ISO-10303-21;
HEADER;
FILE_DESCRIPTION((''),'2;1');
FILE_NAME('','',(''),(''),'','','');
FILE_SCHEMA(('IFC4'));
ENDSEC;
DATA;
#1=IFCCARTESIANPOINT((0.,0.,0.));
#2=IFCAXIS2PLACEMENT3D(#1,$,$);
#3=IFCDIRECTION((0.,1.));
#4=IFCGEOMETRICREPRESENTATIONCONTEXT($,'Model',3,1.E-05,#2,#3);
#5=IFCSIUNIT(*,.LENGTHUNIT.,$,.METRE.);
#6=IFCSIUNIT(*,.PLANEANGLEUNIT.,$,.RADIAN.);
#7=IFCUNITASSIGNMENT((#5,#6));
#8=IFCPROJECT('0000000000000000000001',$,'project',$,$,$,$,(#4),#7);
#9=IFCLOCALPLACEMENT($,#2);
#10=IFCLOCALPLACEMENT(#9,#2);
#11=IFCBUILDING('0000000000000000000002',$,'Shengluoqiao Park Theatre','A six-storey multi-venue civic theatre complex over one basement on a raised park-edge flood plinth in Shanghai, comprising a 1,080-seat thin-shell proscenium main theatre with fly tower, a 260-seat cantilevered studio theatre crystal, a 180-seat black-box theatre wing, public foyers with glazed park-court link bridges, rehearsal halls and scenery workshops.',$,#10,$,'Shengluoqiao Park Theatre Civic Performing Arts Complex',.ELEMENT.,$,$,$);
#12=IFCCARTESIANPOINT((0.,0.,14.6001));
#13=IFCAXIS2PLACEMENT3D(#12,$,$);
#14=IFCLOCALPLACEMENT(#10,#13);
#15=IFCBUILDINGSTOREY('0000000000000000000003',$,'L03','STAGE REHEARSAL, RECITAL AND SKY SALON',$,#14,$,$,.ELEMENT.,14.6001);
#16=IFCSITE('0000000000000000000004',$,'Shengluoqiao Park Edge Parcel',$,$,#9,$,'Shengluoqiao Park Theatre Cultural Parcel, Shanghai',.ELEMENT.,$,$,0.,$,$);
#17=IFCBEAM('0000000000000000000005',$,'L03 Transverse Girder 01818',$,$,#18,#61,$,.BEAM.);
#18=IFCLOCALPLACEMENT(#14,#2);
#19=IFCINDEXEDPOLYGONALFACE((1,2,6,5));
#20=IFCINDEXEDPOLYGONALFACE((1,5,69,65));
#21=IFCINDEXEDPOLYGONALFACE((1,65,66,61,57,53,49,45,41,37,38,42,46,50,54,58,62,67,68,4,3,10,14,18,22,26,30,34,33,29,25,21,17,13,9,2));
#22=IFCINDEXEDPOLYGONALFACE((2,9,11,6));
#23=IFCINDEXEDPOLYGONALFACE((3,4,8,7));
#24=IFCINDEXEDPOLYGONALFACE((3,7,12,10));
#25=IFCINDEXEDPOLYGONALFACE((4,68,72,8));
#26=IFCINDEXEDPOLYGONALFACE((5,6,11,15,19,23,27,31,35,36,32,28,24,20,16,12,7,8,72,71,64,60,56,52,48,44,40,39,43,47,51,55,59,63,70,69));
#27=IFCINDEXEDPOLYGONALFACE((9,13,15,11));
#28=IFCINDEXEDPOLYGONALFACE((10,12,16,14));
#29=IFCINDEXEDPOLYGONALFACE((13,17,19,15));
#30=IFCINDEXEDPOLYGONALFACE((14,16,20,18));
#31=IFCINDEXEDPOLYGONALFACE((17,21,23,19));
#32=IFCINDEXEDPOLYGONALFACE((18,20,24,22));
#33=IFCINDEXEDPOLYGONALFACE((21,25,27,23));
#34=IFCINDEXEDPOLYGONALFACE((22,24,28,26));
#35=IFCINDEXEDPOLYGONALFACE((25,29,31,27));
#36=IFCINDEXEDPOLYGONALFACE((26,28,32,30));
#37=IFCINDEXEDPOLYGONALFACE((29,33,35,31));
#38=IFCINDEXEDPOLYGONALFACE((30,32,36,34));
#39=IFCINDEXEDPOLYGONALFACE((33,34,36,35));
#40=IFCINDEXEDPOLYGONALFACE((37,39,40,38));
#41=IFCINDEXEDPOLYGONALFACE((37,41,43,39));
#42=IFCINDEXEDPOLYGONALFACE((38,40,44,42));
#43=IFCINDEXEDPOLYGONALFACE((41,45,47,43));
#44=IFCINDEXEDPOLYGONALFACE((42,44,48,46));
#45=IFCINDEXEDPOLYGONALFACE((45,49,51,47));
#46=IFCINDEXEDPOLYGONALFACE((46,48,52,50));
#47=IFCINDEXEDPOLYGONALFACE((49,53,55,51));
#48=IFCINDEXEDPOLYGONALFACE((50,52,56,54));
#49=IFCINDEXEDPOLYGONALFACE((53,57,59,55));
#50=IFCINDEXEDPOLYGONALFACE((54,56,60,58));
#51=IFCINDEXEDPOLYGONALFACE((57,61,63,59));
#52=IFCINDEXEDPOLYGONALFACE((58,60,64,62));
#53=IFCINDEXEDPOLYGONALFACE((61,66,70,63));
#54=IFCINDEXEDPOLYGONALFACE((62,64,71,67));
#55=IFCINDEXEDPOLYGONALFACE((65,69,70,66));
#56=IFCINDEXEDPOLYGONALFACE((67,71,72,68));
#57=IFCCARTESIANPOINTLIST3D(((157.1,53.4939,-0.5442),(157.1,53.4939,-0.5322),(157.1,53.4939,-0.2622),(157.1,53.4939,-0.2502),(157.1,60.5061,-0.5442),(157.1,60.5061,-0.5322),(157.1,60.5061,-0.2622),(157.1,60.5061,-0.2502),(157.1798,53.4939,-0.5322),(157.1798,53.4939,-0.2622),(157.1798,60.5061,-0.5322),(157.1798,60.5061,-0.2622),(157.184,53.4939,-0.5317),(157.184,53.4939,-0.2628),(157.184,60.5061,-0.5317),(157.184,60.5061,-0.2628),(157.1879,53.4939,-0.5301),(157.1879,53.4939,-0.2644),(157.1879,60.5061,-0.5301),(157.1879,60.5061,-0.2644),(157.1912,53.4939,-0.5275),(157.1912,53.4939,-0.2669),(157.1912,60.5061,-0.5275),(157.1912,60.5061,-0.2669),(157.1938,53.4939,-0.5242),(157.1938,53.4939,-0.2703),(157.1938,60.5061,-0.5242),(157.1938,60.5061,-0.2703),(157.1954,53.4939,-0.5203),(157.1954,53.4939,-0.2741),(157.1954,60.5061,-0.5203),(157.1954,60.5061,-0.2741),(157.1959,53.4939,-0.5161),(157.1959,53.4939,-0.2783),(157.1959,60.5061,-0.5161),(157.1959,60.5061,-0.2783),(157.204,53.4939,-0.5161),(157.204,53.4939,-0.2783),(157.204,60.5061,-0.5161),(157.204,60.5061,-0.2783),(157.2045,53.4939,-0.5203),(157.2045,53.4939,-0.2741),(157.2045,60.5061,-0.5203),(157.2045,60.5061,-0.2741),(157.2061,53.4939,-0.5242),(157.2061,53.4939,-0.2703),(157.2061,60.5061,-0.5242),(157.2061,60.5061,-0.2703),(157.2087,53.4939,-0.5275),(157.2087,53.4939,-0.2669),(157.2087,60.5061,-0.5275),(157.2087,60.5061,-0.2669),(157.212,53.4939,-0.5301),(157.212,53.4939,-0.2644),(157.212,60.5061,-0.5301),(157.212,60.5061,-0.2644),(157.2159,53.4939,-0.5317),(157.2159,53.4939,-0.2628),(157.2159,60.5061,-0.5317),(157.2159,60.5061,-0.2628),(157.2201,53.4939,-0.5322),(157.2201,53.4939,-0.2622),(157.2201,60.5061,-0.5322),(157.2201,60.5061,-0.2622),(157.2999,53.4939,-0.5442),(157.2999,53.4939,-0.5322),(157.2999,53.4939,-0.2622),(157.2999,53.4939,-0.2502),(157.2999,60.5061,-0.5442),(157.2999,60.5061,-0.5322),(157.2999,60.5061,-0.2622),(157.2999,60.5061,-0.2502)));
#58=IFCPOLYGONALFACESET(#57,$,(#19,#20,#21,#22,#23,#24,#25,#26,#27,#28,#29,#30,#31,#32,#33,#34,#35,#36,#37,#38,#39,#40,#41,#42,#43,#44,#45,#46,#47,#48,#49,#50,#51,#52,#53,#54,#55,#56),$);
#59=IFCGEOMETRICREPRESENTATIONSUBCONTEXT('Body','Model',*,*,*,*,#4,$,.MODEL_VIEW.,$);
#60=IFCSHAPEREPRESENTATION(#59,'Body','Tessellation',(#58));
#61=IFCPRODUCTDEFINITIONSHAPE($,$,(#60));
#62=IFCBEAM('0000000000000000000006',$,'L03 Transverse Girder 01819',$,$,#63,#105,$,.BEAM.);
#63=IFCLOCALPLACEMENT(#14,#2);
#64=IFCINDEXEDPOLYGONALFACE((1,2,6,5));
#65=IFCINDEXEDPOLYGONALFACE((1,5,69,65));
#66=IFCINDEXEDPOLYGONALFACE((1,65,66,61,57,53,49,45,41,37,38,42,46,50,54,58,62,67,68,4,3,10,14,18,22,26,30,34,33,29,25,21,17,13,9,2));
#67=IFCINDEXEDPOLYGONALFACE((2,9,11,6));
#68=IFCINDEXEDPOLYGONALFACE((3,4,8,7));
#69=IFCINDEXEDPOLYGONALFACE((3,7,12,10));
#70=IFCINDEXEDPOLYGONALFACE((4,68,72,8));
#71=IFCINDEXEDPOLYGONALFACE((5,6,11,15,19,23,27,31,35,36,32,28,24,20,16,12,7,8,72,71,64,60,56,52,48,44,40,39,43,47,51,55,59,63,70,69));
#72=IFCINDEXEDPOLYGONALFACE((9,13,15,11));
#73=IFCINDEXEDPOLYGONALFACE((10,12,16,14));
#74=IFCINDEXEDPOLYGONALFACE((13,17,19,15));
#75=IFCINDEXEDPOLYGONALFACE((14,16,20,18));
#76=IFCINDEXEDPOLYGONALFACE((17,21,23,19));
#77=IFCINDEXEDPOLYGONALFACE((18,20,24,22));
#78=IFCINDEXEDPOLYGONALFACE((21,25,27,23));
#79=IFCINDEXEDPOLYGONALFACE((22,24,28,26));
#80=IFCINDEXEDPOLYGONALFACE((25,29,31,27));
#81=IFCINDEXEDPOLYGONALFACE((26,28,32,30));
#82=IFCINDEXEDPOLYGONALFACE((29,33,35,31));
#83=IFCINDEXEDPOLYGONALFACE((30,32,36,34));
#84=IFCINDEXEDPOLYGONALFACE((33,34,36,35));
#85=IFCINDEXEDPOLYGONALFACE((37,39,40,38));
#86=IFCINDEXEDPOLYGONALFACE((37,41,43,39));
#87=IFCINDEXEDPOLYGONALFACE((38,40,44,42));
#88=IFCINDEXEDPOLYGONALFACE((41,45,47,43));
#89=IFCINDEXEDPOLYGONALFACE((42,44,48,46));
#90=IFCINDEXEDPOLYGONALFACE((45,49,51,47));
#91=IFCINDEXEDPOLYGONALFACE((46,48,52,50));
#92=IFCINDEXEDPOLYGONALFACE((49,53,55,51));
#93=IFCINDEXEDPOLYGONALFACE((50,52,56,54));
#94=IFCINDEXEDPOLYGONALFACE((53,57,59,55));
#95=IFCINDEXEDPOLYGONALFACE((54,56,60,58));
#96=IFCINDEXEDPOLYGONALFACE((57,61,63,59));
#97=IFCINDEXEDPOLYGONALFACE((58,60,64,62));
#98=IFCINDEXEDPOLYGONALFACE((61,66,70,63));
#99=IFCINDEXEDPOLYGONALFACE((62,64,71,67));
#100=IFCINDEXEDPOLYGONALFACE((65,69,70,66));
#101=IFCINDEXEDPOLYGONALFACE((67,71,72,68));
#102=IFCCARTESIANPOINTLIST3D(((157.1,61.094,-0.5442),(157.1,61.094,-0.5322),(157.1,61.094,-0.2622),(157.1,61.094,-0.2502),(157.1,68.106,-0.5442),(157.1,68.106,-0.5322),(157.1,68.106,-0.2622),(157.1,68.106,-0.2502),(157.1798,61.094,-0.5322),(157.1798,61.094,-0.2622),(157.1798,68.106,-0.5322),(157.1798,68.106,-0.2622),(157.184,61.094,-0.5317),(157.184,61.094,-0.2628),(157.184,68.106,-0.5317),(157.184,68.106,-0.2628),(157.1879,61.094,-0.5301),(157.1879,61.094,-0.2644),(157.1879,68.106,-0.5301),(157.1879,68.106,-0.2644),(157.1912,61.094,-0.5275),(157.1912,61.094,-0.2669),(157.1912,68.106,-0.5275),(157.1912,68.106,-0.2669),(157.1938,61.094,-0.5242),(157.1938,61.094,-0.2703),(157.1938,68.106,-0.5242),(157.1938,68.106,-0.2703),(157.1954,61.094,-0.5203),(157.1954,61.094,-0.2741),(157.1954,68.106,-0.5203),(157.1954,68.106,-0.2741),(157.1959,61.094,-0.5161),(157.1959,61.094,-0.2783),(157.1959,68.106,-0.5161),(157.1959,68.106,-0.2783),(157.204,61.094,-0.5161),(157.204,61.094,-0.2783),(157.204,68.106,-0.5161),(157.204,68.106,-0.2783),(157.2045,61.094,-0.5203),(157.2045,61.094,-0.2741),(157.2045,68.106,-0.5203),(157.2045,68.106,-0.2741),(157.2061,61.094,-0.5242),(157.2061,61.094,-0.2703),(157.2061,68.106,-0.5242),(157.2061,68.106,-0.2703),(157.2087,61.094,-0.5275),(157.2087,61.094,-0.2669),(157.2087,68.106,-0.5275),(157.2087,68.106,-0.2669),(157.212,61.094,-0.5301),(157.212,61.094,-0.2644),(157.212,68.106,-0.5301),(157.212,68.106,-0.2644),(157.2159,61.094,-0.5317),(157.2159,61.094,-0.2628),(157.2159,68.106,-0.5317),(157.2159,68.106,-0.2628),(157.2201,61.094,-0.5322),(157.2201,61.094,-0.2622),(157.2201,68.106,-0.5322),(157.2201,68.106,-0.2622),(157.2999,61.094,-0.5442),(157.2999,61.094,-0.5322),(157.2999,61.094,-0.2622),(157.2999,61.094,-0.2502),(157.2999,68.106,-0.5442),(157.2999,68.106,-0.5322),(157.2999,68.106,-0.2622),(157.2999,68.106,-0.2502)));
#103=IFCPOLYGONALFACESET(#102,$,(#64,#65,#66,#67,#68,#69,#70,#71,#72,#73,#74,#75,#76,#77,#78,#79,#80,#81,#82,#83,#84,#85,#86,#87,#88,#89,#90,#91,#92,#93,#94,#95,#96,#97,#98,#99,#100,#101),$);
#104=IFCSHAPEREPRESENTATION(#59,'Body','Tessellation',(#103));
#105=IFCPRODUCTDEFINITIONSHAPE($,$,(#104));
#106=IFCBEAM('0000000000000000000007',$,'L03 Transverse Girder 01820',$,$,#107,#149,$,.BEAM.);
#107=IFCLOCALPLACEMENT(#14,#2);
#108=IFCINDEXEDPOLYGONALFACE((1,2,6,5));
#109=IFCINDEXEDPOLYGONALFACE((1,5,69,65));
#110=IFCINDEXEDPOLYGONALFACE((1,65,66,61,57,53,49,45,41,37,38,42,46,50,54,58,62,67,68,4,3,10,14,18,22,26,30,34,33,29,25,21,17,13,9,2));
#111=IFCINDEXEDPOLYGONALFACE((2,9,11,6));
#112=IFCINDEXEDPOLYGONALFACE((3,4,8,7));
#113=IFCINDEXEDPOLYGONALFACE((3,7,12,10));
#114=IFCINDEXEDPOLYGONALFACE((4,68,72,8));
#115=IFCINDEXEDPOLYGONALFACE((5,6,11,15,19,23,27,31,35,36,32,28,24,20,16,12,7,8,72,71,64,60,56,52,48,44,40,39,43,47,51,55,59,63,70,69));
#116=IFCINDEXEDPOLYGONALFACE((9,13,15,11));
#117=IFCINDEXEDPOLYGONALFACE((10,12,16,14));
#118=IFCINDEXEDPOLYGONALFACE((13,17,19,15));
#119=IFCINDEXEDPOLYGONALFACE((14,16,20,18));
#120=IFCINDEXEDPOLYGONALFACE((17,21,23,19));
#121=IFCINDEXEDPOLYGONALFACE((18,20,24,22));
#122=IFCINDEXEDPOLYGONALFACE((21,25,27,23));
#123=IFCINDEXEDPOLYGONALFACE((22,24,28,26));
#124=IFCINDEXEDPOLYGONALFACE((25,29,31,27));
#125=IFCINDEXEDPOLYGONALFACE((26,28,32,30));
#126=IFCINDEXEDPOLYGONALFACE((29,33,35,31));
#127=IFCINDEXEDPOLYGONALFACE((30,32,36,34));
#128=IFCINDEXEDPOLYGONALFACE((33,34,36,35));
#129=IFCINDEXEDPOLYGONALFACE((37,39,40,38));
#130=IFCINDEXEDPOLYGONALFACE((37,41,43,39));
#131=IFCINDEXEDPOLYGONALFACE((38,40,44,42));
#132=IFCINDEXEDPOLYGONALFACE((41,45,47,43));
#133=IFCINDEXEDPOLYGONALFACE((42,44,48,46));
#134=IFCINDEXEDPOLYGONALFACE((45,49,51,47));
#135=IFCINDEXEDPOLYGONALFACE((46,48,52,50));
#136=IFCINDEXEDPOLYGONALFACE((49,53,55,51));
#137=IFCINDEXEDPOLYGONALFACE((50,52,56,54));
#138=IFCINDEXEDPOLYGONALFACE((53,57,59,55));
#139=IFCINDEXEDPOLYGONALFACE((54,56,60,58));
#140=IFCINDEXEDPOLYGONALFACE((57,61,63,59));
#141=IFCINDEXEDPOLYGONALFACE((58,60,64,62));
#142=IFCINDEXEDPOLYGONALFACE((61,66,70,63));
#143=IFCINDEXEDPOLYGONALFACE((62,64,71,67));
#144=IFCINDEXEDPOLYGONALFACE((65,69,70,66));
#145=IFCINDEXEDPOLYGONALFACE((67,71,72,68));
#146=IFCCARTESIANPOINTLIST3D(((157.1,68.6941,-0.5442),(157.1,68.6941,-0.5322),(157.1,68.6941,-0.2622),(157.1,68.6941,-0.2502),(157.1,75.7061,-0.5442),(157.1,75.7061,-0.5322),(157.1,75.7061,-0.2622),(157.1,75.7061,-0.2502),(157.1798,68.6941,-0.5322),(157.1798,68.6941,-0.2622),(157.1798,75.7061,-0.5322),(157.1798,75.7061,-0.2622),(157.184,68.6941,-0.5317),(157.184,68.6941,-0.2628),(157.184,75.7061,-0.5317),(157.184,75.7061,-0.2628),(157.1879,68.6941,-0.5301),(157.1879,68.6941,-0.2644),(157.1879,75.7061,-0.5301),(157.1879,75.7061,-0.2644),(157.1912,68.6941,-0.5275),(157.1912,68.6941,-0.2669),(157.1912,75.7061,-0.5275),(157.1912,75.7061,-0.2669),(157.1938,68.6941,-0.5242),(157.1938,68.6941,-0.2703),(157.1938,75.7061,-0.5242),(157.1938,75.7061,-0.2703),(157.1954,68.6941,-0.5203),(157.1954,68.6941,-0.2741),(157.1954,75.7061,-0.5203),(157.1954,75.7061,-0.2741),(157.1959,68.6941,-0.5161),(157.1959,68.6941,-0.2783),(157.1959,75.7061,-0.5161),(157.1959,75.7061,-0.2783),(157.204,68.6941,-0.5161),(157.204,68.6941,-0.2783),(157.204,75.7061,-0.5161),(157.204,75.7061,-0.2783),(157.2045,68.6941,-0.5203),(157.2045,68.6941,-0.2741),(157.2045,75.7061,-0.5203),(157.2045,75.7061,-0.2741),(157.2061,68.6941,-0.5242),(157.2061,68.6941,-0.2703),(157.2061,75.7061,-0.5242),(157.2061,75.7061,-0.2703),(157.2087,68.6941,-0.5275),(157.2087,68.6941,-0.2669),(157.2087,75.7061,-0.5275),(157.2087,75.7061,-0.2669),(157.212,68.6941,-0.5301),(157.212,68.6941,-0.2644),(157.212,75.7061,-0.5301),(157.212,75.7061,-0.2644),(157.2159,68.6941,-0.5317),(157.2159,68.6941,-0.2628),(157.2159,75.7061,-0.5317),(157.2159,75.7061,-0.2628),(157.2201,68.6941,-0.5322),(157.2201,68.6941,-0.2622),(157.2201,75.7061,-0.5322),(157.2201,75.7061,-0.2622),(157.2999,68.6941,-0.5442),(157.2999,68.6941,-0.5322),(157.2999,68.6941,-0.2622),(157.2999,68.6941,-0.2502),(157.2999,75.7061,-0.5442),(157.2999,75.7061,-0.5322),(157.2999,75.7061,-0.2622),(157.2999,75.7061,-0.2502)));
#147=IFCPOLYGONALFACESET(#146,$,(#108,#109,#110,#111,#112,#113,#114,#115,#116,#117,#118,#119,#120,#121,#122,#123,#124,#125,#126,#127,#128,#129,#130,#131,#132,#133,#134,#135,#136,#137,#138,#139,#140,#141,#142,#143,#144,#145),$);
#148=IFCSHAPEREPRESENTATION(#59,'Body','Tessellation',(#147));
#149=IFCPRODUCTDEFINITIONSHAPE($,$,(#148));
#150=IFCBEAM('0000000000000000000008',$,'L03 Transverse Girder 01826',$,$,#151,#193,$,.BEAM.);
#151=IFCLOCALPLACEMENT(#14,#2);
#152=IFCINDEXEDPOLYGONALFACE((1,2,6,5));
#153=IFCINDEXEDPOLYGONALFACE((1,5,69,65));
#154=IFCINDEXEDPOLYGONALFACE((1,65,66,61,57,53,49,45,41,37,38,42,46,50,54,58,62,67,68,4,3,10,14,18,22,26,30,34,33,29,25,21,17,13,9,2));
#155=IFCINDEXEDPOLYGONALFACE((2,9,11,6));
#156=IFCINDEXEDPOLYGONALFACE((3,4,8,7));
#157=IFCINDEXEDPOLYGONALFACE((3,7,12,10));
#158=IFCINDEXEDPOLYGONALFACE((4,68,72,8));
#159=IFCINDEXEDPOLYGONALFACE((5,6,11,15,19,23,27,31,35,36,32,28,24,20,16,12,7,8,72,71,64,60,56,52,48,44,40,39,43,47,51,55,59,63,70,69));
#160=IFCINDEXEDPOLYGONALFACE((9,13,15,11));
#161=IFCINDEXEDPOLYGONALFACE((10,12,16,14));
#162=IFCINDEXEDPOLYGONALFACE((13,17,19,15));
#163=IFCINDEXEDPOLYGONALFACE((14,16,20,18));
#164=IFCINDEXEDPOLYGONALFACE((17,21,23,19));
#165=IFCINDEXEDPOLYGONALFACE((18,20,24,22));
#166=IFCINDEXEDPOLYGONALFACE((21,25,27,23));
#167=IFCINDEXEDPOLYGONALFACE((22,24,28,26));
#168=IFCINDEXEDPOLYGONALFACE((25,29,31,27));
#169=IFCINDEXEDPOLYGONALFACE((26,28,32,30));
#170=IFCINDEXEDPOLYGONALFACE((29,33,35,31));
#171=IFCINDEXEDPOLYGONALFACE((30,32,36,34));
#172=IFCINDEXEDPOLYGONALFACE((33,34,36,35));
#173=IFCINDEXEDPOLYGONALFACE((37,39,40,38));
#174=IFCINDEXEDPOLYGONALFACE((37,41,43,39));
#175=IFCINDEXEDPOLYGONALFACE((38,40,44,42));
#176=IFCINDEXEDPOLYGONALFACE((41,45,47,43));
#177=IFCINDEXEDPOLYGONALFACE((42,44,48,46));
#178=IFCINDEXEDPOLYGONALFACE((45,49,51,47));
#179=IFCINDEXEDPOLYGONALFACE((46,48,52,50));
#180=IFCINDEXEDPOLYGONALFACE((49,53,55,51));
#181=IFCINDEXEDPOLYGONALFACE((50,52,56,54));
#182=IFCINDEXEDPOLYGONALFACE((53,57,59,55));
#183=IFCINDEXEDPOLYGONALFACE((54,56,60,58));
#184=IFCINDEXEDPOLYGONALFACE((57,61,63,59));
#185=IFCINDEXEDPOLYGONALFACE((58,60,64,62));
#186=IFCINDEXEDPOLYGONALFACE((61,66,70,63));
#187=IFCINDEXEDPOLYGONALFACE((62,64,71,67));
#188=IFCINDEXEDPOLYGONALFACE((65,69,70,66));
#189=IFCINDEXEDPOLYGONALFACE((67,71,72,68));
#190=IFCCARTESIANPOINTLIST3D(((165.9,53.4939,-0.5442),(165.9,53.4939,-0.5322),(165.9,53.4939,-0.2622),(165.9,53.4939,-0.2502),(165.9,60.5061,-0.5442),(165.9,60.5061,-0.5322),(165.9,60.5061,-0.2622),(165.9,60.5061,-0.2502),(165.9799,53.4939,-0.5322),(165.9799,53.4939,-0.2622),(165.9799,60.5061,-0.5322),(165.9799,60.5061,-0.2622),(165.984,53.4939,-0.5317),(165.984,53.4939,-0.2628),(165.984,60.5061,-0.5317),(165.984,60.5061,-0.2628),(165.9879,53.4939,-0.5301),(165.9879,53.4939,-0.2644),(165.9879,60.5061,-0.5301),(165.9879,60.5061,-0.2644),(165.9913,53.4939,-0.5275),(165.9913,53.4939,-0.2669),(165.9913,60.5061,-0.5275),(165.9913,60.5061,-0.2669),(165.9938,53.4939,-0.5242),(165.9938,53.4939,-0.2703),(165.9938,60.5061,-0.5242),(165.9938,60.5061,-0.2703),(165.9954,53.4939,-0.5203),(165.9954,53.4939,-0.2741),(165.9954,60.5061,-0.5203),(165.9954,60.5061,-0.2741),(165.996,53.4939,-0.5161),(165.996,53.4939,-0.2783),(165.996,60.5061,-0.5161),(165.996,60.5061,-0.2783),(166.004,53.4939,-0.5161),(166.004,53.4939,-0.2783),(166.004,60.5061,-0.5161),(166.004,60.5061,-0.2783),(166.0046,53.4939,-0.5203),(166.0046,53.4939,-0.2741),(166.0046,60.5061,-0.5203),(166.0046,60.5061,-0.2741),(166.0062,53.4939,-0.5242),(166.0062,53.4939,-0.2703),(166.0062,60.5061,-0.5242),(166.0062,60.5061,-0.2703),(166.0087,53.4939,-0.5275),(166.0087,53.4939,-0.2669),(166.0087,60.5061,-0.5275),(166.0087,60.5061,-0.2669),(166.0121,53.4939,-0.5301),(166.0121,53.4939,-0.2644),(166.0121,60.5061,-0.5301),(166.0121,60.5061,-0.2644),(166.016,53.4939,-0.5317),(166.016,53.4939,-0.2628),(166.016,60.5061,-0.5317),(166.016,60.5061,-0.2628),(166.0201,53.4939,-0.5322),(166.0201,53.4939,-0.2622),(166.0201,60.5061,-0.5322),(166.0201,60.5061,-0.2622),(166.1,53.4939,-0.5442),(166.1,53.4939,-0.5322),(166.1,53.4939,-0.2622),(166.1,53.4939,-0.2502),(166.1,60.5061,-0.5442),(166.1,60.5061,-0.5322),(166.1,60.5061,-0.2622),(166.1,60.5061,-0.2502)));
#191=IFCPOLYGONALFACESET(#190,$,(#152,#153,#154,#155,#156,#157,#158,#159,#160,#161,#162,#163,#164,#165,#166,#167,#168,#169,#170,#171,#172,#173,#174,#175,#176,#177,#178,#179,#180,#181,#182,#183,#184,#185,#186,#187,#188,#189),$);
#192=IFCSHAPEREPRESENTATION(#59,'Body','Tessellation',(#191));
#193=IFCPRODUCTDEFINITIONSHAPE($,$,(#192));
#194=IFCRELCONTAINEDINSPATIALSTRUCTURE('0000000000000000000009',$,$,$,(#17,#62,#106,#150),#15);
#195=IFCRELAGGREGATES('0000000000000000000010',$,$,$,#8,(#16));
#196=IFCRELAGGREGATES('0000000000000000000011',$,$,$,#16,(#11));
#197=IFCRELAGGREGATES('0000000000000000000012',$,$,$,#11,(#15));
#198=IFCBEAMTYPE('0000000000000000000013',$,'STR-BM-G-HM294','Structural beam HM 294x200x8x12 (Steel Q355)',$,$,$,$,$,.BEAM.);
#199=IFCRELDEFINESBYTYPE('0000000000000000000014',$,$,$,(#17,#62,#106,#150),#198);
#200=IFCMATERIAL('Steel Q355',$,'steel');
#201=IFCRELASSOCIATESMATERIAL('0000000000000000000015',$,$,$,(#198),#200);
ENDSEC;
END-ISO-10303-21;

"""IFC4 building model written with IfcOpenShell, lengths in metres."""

from ifc_helpers import new_model, si_unit, direction, frame, origin, origin_2d, place, context, subcontext, project, spatial, i_section, extrude, material, material_profile, profile_set, type_object, element, save


model = new_model("IFC4")

# Units and contexts
model_context = context("Model", 3, precision=1e-05, world=origin(), true_north=direction((0.0, 1.0)))
body_context = subcontext(model_context, "Body", "Model", "MODEL_VIEW")
ifc_project = project(units=[si_unit("LENGTHUNIT", "METRE"), si_unit("PLANEANGLEUNIT", "RADIAN")], contexts=[model_context])

# Site, building, storey
site_placement = place(None, origin())
site = spatial("IfcSite", under=ifc_project, at=site_placement, Name="Shengluoqiao Park Edge Parcel", LongName="Shengluoqiao Park Theatre Cultural Parcel, Shanghai", CompositionType="ELEMENT", RefElevation=0.0)
building_placement = place(site_placement, origin())
building = spatial("IfcBuilding", under=site, at=building_placement, Name="Shengluoqiao Park Theatre", Description="A six-storey multi-venue civic theatre complex over one basement on a raised park-edge flood plinth in Shanghai, comprising a 1,080-seat thin-shell proscenium main theatre with fly tower, a 260-seat cantilevered studio theatre crystal, a 180-seat black-box theatre wing, public foyers with glazed park-court link bridges, rehearsal halls and scenery workshops.", LongName="Shengluoqiao Park Theatre Civic Performing Arts Complex", CompositionType="ELEMENT")
storey_placement = place(building_placement, frame((0.0, 0.0, 14.6001)))
storey = spatial("IfcBuildingStorey", under=building, at=storey_placement, Name="L03", Description="STAGE REHEARSAL, RECITAL AND SKY SALON", CompositionType="ELEMENT", Elevation=14.6001)

# Beams
ifc_material = material(Name="Steel Q355", Category="steel")
ifc_material_profile_1 = material_profile(ifc_material, i_section(OverallWidth=0.2, OverallDepth=0.2939, WebThickness=0.0081, FlangeThickness=0.012, FilletRadius=0.0161, at=origin_2d()), Name="HM 294x200x8x12")
ifc_profile_set_1 = profile_set([ifc_material_profile_1], Name="Steel Q355")
beam_type_1 = type_object("IfcBeamType", Name="STR-BM-G-HM294", Description="Structural beam HM 294x200x8x12 (Steel Q355)", PredefinedType="BEAM", material=ifc_profile_set_1)
beam_1_placement = place(storey_placement, frame((157.2, 53.4939, -0.3972), z_axis=(0.0, 1.0, 0.0), x_axis=(-1.0, 0.0, 0.0)))
element("IfcBeam", 1, at=beam_1_placement, inside=storey, type_object=beam_type_1, Name="L03 Transverse Girder 01818", PredefinedType="BEAM", context=body_context, shape_type="SweptSolid", body=[
    extrude(i_section(OverallWidth=0.2, OverallDepth=0.2939, WebThickness=0.0081, FlangeThickness=0.012, FilletRadius=0.0161, at=origin_2d()), origin(), (0.0, 0.0, 1.0), 7.0122),
])
for number, where, z_axis, x_axis, name in (
    (2, (157.2, 61.094, -0.3972), (0.0, 1.0, 0.0), (-1.0, 0.0, 0.0), "L03 Transverse Girder 01819"),
    (3, (157.2, 68.6941, -0.3972), (0.0, 1.0, 0.0), (-1.0, 0.0, 0.0), "L03 Transverse Girder 01820"),
):
    element("IfcBeam", number, at=place(storey_placement, frame(where, z_axis=z_axis, x_axis=x_axis)), inside=storey, type_object=beam_type_1, Name=name, PredefinedType="BEAM", context=body_context, shape_type="SweptSolid", body=[
        extrude(i_section(OverallWidth=0.2, OverallDepth=0.2939, WebThickness=0.0081, FlangeThickness=0.012, FilletRadius=0.0161, at=origin_2d()), origin(), (0.0, 0.0, 1.0), 7.012),
    ])
beam_2_placement = place(storey_placement, frame((166.0, 53.4939, -0.3972), z_axis=(0.0, 1.0, 0.0), x_axis=(-1.0, 0.0, 0.0)))
element("IfcBeam", 4, at=beam_2_placement, inside=storey, type_object=beam_type_1, Name="L03 Transverse Girder 01826", PredefinedType="BEAM", context=body_context, shape_type="SweptSolid", body=[
    extrude(i_section(OverallWidth=0.2, OverallDepth=0.2939, WebThickness=0.0081, FlangeThickness=0.012, FilletRadius=0.0161, at=origin_2d()), origin(), (0.0, 0.0, 1.0), 7.0122),
])

save(model, "model.ifc")
